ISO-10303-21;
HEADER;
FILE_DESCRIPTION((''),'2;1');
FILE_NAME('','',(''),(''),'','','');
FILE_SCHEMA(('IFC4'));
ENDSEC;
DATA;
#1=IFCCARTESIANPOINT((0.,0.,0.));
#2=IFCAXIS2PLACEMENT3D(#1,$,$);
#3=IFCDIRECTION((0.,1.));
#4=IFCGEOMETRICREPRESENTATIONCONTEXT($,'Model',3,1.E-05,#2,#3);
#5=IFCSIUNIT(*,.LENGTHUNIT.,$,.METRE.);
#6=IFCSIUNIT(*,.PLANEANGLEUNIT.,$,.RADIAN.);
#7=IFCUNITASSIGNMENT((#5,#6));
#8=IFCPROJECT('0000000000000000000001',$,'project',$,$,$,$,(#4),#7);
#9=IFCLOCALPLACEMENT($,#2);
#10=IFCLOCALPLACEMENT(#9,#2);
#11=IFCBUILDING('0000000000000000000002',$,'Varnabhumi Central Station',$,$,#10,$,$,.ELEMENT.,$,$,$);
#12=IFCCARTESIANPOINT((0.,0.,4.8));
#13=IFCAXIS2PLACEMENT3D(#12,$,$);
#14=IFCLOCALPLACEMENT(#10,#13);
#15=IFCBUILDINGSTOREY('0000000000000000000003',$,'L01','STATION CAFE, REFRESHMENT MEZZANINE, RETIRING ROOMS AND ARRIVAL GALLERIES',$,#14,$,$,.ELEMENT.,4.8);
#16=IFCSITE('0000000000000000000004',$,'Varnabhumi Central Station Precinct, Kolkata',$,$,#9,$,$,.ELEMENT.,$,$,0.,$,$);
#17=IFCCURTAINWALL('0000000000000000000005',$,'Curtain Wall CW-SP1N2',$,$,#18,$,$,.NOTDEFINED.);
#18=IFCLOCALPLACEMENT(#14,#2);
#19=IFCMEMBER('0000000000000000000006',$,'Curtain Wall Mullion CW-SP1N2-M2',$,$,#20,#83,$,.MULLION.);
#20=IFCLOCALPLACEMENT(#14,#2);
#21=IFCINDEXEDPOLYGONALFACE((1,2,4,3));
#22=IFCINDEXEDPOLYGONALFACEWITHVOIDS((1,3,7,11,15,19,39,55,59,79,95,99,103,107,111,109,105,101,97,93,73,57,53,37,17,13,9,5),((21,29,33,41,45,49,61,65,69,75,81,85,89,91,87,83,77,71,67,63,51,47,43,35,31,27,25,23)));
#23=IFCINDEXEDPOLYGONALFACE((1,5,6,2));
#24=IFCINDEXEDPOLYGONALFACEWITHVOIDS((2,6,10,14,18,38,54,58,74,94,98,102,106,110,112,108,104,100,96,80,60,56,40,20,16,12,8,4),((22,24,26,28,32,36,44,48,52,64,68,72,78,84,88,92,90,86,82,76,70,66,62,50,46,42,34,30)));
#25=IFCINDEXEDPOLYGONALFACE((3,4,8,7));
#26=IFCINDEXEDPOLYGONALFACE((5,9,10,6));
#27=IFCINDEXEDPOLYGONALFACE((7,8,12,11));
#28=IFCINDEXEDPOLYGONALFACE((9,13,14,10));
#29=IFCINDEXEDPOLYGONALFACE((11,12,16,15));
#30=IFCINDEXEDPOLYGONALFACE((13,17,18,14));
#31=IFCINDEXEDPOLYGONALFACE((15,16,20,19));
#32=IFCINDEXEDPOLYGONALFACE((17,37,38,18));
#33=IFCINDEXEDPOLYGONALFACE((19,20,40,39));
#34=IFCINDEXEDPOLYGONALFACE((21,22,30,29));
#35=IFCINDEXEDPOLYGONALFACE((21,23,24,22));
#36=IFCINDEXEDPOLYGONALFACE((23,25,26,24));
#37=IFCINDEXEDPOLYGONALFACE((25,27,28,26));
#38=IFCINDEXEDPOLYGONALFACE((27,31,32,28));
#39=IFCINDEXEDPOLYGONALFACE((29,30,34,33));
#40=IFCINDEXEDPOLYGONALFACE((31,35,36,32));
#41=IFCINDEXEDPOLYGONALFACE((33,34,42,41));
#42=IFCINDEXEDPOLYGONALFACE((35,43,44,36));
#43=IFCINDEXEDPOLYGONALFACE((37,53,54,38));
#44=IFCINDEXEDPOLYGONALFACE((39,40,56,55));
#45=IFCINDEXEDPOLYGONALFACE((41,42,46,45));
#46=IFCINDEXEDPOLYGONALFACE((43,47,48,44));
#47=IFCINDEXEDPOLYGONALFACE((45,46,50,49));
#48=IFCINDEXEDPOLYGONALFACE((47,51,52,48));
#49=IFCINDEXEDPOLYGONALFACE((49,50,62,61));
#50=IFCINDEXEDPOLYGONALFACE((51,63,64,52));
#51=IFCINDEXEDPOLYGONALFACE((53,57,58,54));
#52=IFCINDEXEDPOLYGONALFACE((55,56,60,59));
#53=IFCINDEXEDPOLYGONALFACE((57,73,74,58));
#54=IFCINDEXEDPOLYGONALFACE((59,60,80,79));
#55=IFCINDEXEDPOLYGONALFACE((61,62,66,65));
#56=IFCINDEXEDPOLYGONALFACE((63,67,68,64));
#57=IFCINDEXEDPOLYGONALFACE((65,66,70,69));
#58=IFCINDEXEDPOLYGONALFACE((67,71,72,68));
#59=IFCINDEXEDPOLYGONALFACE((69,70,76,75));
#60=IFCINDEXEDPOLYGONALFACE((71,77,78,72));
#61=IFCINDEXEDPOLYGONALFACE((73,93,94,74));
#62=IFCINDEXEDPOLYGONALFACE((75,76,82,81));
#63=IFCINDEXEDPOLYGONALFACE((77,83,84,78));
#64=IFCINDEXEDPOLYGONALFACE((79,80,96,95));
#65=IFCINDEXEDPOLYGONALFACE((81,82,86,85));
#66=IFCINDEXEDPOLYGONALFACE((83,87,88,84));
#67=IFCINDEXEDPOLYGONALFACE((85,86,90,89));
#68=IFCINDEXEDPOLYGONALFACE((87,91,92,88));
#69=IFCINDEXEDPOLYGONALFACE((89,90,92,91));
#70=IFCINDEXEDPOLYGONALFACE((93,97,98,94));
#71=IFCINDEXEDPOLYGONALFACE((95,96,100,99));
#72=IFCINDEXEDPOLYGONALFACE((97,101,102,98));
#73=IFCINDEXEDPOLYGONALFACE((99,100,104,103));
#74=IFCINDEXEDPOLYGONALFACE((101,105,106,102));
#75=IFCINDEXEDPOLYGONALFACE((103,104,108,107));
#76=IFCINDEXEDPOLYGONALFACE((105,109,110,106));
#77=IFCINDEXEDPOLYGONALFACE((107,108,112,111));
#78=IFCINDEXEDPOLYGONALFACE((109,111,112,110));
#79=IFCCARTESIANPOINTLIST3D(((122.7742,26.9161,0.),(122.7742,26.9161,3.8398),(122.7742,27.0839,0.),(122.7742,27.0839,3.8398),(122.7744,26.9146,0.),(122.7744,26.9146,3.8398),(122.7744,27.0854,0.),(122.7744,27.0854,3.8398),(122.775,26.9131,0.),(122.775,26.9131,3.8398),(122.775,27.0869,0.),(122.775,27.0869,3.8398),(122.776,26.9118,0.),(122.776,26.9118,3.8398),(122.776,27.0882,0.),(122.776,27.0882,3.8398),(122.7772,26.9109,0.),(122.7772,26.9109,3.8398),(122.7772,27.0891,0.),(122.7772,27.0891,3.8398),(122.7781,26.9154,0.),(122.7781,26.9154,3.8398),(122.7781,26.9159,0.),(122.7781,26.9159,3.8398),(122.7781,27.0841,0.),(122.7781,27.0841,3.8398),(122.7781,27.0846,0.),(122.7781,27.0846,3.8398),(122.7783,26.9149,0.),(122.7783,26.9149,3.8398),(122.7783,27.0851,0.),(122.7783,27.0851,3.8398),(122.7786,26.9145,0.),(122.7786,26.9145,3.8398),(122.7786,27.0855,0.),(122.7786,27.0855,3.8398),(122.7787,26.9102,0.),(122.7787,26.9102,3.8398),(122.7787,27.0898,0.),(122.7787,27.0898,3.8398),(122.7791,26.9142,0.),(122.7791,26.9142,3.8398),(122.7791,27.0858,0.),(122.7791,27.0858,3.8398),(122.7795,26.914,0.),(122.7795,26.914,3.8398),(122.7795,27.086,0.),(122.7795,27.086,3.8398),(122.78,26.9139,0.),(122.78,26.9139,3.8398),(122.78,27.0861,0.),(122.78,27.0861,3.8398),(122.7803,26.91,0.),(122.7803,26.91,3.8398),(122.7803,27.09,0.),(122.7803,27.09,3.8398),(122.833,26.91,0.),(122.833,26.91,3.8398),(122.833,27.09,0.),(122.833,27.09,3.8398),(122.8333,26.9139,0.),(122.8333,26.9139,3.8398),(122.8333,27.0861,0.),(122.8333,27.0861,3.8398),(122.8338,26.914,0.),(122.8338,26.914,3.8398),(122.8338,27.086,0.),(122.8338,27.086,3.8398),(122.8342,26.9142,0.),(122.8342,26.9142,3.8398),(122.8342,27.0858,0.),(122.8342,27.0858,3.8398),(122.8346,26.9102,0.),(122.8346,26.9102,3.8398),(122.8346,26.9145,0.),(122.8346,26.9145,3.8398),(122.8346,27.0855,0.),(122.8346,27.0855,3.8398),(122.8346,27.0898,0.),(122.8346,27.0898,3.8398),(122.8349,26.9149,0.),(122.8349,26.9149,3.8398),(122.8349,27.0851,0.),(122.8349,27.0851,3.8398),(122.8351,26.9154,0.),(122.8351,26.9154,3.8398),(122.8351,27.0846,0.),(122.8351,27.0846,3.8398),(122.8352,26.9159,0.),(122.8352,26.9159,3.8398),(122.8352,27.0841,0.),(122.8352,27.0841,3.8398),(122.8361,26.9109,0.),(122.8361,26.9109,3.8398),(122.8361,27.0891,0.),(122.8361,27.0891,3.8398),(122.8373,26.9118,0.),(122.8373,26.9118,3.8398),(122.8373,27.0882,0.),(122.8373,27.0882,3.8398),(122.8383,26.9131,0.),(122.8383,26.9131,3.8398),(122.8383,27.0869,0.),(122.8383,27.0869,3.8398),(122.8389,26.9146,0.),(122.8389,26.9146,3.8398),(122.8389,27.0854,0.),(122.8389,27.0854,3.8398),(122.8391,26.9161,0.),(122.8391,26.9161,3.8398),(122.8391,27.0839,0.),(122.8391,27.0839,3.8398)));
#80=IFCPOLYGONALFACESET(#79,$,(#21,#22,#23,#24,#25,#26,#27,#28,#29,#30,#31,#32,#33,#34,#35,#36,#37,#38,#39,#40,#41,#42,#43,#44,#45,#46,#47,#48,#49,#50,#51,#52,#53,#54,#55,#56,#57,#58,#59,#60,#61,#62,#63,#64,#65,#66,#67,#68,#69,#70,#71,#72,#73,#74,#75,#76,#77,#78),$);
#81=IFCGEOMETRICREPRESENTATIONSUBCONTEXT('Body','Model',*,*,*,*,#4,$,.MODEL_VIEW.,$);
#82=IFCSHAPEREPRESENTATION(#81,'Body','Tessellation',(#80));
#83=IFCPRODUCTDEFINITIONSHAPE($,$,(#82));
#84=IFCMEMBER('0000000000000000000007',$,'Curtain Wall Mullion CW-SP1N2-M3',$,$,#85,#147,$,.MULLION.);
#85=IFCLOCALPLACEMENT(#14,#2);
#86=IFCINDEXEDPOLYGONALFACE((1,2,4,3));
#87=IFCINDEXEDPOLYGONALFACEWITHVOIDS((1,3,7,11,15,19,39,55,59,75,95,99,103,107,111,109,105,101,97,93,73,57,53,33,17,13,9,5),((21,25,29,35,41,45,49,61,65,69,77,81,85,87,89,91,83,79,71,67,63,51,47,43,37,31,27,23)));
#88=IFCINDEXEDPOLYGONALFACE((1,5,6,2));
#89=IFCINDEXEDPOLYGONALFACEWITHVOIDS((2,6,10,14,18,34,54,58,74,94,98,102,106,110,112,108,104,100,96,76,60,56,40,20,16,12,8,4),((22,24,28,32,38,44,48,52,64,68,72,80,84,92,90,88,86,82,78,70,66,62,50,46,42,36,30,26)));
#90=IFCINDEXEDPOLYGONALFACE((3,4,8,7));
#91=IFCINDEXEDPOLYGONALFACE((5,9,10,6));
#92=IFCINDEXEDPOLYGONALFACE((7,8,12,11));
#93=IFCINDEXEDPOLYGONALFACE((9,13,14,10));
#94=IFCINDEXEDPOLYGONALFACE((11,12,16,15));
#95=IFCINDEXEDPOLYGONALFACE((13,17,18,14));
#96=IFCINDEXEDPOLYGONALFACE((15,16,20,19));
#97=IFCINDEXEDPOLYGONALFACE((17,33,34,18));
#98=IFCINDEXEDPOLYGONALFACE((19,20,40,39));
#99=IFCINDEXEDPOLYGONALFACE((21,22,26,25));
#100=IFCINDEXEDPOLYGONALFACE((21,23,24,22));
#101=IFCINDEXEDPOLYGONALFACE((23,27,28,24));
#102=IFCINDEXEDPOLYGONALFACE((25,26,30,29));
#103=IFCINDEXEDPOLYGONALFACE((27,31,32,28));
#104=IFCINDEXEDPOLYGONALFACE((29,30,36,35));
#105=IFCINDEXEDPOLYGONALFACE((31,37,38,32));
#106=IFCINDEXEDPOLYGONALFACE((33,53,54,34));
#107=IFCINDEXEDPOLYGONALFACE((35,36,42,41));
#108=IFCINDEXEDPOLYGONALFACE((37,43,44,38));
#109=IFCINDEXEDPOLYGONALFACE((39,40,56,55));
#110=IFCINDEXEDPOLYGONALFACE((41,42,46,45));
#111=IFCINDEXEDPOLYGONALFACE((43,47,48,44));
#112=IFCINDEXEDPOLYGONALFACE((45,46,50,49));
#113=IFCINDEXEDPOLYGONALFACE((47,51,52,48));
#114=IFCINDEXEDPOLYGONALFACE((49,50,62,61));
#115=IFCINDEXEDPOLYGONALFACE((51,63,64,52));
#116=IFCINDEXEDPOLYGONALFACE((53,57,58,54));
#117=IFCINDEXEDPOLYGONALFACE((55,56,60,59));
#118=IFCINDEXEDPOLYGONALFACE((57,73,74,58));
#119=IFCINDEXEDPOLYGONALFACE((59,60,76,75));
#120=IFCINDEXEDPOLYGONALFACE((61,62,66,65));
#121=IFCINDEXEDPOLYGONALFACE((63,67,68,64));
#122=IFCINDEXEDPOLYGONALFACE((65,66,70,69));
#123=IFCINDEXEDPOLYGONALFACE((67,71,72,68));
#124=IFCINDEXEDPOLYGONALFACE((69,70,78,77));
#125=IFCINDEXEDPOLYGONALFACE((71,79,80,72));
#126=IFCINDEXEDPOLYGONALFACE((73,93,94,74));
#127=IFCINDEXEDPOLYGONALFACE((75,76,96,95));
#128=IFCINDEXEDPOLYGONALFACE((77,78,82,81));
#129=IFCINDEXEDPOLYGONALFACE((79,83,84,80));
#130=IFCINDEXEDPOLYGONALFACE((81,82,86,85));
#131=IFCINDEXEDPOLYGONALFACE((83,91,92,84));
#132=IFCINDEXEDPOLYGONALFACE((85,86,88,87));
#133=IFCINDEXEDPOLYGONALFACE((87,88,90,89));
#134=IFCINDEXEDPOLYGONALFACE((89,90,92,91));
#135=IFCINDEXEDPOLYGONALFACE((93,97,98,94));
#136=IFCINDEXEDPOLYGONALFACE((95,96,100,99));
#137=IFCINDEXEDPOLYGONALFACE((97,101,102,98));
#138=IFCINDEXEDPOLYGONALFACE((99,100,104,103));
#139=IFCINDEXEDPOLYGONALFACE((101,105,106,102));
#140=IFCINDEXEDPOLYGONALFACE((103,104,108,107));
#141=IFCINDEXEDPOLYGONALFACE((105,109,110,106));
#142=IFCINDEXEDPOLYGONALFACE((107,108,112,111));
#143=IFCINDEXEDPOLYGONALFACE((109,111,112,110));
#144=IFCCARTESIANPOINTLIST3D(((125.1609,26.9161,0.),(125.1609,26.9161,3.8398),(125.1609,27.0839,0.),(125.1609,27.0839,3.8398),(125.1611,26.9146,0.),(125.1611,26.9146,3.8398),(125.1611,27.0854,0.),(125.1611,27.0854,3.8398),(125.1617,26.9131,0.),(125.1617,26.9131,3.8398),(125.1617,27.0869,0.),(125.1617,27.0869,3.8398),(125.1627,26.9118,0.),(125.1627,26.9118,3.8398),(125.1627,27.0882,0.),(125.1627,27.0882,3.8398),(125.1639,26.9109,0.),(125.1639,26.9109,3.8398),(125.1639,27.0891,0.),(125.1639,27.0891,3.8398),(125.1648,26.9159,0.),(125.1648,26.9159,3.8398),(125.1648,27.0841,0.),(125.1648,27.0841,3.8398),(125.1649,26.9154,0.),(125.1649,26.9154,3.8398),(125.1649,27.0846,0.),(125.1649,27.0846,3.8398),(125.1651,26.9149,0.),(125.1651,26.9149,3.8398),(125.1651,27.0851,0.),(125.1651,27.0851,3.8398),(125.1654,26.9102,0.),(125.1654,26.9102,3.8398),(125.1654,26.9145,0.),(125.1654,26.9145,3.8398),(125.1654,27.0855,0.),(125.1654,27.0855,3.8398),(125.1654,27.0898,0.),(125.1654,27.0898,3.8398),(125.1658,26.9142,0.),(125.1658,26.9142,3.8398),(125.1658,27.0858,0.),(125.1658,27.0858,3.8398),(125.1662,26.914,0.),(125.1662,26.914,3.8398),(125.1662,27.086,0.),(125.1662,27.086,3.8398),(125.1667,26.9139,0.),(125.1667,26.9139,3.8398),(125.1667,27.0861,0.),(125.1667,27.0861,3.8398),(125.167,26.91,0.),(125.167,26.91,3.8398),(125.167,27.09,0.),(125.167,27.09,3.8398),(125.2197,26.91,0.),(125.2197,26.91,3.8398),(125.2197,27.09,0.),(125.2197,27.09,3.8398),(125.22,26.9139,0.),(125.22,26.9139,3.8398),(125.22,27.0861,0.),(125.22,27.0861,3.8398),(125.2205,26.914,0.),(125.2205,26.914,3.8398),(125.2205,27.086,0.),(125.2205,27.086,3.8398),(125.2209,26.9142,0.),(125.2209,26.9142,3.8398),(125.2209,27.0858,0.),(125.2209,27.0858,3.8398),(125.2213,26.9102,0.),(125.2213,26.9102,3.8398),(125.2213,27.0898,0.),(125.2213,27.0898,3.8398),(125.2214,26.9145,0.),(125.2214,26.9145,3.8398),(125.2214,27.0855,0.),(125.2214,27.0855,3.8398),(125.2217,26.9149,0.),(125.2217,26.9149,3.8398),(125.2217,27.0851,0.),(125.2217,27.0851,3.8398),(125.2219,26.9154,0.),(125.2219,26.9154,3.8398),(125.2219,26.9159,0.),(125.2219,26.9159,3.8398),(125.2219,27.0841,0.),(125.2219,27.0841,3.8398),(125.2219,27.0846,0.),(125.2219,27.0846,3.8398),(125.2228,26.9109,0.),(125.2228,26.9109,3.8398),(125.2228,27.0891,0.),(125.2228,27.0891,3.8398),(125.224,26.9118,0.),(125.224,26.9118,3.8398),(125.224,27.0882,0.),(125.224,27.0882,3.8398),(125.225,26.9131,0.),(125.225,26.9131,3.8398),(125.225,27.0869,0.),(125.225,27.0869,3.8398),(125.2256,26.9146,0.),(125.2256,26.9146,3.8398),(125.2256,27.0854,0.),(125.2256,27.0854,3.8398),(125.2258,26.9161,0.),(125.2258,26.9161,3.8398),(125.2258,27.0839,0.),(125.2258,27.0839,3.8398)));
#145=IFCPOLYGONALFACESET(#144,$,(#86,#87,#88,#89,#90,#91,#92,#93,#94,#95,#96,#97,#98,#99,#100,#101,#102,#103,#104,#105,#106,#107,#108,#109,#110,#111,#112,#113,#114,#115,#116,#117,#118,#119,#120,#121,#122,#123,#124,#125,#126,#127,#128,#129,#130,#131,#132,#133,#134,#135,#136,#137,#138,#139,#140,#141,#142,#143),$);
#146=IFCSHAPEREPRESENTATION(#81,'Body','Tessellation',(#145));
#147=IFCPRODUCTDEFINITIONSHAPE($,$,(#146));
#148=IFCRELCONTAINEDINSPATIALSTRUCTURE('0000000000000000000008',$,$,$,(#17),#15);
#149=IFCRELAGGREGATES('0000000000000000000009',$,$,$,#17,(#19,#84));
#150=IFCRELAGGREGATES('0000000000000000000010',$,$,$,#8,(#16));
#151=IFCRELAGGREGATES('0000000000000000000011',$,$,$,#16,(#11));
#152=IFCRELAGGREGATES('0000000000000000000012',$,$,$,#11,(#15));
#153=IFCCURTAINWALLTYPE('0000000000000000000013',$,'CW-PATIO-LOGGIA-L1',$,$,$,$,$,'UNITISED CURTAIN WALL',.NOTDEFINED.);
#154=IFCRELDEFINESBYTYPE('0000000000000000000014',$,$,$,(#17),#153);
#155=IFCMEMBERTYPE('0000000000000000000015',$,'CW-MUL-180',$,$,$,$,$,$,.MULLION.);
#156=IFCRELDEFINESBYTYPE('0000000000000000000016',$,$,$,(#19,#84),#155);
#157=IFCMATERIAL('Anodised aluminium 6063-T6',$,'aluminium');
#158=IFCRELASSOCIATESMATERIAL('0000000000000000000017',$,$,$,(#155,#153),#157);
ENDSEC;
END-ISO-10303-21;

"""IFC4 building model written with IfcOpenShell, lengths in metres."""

from ifc_helpers import new_model, si_unit, direction, frame, origin, origin_2d, place, context, subcontext, project, spatial, hollow_rectangle, extrude, material, material_profile, profile_set, type_object, element, aggregate, save


model = new_model("IFC4")

# Units and contexts
model_context = context("Model", 3, precision=1e-05, world=origin(), true_north=direction((0.0, 1.0)))
body_context = subcontext(model_context, "Body", "Model", "MODEL_VIEW")
ifc_project = project(units=[si_unit("LENGTHUNIT", "METRE"), si_unit("PLANEANGLEUNIT", "RADIAN")], contexts=[model_context])

# Site, building, storey
site_placement = place(None, origin())
site = spatial("IfcSite", under=ifc_project, at=site_placement, Name="Varnabhumi Central Station Precinct, Kolkata", CompositionType="ELEMENT", RefElevation=0.0)
building_placement = place(site_placement, origin())
building = spatial("IfcBuilding", under=site, at=building_placement, Name="Varnabhumi Central Station", CompositionType="ELEMENT")
storey_placement = place(building_placement, frame((0.0, 0.0, 4.8)))
storey = spatial("IfcBuildingStorey", under=building, at=storey_placement, Name="L01", Description="STATION CAFE, REFRESHMENT MEZZANINE, RETIRING ROOMS AND ARRIVAL GALLERIES", CompositionType="ELEMENT", Elevation=4.8)

# Curtain wall, members
ifc_material_1 = material(Name="Anodised aluminium 6063-T6", Category="aluminium")
ifc_material_profile_1 = material_profile(ifc_material_1, hollow_rectangle(XDim=0.0649, YDim=0.1799, WallThickness=0.0039, InnerFilletRadius=0.002, OuterFilletRadius=0.0061, at=origin_2d()), Name="Anodised aluminium 6063-T6", Category="aluminium")
ifc_profile_set_1 = profile_set([ifc_material_profile_1], Name="Anodised aluminium 6063-T6")
member_type_1 = type_object("IfcMemberType", Name="CW-MUL-180", PredefinedType="MULLION", material=ifc_profile_set_1)
curtain_wall_type_1 = type_object("IfcCurtainWallType", Name="CW-PATIO-LOGGIA-L1", ElementType="UNITISED CURTAIN WALL", PredefinedType="NOTDEFINED", material=ifc_material_1)
curtain_wall_1_placement = place(storey_placement, origin())
curtain_wall_1 = element("IfcCurtainWall", 1, at=curtain_wall_1_placement, inside=storey, type_object=curtain_wall_type_1, Name="Curtain Wall CW-SP1N2", PredefinedType="NOTDEFINED")
member_1_placement = place(storey_placement, frame((122.8066, 27.0, 0.0), z_axis=(0.0, 0.0, 1.0), x_axis=(1.0, 0.0, 0.0)))
member_1 = element("IfcMember", 2, at=member_1_placement, type_object=member_type_1, Name="Curtain Wall Mullion CW-SP1N2-M2", PredefinedType="MULLION", context=body_context, shape_type="SweptSolid", body=[
    extrude(hollow_rectangle(XDim=0.0649, YDim=0.1799, WallThickness=0.0039, InnerFilletRadius=0.002, OuterFilletRadius=0.0061, at=origin_2d()), origin(), (0.0, 0.0, 1.0), 3.8398),
])
member_2_placement = place(storey_placement, frame((125.1934, 27.0, 0.0), z_axis=(0.0, 0.0, 1.0), x_axis=(1.0, 0.0, 0.0)))
member_2 = element("IfcMember", 3, at=member_2_placement, type_object=member_type_1, Name="Curtain Wall Mullion CW-SP1N2-M3", PredefinedType="MULLION", context=body_context, shape_type="SweptSolid", body=[
    extrude(hollow_rectangle(XDim=0.0649, YDim=0.1799, WallThickness=0.0039, InnerFilletRadius=0.002, OuterFilletRadius=0.0061, at=origin_2d()), origin(), (0.0, 0.0, 1.0), 3.8398),
])

aggregate(curtain_wall_1, [member_1, member_2])

save(model, "model.ifc")
